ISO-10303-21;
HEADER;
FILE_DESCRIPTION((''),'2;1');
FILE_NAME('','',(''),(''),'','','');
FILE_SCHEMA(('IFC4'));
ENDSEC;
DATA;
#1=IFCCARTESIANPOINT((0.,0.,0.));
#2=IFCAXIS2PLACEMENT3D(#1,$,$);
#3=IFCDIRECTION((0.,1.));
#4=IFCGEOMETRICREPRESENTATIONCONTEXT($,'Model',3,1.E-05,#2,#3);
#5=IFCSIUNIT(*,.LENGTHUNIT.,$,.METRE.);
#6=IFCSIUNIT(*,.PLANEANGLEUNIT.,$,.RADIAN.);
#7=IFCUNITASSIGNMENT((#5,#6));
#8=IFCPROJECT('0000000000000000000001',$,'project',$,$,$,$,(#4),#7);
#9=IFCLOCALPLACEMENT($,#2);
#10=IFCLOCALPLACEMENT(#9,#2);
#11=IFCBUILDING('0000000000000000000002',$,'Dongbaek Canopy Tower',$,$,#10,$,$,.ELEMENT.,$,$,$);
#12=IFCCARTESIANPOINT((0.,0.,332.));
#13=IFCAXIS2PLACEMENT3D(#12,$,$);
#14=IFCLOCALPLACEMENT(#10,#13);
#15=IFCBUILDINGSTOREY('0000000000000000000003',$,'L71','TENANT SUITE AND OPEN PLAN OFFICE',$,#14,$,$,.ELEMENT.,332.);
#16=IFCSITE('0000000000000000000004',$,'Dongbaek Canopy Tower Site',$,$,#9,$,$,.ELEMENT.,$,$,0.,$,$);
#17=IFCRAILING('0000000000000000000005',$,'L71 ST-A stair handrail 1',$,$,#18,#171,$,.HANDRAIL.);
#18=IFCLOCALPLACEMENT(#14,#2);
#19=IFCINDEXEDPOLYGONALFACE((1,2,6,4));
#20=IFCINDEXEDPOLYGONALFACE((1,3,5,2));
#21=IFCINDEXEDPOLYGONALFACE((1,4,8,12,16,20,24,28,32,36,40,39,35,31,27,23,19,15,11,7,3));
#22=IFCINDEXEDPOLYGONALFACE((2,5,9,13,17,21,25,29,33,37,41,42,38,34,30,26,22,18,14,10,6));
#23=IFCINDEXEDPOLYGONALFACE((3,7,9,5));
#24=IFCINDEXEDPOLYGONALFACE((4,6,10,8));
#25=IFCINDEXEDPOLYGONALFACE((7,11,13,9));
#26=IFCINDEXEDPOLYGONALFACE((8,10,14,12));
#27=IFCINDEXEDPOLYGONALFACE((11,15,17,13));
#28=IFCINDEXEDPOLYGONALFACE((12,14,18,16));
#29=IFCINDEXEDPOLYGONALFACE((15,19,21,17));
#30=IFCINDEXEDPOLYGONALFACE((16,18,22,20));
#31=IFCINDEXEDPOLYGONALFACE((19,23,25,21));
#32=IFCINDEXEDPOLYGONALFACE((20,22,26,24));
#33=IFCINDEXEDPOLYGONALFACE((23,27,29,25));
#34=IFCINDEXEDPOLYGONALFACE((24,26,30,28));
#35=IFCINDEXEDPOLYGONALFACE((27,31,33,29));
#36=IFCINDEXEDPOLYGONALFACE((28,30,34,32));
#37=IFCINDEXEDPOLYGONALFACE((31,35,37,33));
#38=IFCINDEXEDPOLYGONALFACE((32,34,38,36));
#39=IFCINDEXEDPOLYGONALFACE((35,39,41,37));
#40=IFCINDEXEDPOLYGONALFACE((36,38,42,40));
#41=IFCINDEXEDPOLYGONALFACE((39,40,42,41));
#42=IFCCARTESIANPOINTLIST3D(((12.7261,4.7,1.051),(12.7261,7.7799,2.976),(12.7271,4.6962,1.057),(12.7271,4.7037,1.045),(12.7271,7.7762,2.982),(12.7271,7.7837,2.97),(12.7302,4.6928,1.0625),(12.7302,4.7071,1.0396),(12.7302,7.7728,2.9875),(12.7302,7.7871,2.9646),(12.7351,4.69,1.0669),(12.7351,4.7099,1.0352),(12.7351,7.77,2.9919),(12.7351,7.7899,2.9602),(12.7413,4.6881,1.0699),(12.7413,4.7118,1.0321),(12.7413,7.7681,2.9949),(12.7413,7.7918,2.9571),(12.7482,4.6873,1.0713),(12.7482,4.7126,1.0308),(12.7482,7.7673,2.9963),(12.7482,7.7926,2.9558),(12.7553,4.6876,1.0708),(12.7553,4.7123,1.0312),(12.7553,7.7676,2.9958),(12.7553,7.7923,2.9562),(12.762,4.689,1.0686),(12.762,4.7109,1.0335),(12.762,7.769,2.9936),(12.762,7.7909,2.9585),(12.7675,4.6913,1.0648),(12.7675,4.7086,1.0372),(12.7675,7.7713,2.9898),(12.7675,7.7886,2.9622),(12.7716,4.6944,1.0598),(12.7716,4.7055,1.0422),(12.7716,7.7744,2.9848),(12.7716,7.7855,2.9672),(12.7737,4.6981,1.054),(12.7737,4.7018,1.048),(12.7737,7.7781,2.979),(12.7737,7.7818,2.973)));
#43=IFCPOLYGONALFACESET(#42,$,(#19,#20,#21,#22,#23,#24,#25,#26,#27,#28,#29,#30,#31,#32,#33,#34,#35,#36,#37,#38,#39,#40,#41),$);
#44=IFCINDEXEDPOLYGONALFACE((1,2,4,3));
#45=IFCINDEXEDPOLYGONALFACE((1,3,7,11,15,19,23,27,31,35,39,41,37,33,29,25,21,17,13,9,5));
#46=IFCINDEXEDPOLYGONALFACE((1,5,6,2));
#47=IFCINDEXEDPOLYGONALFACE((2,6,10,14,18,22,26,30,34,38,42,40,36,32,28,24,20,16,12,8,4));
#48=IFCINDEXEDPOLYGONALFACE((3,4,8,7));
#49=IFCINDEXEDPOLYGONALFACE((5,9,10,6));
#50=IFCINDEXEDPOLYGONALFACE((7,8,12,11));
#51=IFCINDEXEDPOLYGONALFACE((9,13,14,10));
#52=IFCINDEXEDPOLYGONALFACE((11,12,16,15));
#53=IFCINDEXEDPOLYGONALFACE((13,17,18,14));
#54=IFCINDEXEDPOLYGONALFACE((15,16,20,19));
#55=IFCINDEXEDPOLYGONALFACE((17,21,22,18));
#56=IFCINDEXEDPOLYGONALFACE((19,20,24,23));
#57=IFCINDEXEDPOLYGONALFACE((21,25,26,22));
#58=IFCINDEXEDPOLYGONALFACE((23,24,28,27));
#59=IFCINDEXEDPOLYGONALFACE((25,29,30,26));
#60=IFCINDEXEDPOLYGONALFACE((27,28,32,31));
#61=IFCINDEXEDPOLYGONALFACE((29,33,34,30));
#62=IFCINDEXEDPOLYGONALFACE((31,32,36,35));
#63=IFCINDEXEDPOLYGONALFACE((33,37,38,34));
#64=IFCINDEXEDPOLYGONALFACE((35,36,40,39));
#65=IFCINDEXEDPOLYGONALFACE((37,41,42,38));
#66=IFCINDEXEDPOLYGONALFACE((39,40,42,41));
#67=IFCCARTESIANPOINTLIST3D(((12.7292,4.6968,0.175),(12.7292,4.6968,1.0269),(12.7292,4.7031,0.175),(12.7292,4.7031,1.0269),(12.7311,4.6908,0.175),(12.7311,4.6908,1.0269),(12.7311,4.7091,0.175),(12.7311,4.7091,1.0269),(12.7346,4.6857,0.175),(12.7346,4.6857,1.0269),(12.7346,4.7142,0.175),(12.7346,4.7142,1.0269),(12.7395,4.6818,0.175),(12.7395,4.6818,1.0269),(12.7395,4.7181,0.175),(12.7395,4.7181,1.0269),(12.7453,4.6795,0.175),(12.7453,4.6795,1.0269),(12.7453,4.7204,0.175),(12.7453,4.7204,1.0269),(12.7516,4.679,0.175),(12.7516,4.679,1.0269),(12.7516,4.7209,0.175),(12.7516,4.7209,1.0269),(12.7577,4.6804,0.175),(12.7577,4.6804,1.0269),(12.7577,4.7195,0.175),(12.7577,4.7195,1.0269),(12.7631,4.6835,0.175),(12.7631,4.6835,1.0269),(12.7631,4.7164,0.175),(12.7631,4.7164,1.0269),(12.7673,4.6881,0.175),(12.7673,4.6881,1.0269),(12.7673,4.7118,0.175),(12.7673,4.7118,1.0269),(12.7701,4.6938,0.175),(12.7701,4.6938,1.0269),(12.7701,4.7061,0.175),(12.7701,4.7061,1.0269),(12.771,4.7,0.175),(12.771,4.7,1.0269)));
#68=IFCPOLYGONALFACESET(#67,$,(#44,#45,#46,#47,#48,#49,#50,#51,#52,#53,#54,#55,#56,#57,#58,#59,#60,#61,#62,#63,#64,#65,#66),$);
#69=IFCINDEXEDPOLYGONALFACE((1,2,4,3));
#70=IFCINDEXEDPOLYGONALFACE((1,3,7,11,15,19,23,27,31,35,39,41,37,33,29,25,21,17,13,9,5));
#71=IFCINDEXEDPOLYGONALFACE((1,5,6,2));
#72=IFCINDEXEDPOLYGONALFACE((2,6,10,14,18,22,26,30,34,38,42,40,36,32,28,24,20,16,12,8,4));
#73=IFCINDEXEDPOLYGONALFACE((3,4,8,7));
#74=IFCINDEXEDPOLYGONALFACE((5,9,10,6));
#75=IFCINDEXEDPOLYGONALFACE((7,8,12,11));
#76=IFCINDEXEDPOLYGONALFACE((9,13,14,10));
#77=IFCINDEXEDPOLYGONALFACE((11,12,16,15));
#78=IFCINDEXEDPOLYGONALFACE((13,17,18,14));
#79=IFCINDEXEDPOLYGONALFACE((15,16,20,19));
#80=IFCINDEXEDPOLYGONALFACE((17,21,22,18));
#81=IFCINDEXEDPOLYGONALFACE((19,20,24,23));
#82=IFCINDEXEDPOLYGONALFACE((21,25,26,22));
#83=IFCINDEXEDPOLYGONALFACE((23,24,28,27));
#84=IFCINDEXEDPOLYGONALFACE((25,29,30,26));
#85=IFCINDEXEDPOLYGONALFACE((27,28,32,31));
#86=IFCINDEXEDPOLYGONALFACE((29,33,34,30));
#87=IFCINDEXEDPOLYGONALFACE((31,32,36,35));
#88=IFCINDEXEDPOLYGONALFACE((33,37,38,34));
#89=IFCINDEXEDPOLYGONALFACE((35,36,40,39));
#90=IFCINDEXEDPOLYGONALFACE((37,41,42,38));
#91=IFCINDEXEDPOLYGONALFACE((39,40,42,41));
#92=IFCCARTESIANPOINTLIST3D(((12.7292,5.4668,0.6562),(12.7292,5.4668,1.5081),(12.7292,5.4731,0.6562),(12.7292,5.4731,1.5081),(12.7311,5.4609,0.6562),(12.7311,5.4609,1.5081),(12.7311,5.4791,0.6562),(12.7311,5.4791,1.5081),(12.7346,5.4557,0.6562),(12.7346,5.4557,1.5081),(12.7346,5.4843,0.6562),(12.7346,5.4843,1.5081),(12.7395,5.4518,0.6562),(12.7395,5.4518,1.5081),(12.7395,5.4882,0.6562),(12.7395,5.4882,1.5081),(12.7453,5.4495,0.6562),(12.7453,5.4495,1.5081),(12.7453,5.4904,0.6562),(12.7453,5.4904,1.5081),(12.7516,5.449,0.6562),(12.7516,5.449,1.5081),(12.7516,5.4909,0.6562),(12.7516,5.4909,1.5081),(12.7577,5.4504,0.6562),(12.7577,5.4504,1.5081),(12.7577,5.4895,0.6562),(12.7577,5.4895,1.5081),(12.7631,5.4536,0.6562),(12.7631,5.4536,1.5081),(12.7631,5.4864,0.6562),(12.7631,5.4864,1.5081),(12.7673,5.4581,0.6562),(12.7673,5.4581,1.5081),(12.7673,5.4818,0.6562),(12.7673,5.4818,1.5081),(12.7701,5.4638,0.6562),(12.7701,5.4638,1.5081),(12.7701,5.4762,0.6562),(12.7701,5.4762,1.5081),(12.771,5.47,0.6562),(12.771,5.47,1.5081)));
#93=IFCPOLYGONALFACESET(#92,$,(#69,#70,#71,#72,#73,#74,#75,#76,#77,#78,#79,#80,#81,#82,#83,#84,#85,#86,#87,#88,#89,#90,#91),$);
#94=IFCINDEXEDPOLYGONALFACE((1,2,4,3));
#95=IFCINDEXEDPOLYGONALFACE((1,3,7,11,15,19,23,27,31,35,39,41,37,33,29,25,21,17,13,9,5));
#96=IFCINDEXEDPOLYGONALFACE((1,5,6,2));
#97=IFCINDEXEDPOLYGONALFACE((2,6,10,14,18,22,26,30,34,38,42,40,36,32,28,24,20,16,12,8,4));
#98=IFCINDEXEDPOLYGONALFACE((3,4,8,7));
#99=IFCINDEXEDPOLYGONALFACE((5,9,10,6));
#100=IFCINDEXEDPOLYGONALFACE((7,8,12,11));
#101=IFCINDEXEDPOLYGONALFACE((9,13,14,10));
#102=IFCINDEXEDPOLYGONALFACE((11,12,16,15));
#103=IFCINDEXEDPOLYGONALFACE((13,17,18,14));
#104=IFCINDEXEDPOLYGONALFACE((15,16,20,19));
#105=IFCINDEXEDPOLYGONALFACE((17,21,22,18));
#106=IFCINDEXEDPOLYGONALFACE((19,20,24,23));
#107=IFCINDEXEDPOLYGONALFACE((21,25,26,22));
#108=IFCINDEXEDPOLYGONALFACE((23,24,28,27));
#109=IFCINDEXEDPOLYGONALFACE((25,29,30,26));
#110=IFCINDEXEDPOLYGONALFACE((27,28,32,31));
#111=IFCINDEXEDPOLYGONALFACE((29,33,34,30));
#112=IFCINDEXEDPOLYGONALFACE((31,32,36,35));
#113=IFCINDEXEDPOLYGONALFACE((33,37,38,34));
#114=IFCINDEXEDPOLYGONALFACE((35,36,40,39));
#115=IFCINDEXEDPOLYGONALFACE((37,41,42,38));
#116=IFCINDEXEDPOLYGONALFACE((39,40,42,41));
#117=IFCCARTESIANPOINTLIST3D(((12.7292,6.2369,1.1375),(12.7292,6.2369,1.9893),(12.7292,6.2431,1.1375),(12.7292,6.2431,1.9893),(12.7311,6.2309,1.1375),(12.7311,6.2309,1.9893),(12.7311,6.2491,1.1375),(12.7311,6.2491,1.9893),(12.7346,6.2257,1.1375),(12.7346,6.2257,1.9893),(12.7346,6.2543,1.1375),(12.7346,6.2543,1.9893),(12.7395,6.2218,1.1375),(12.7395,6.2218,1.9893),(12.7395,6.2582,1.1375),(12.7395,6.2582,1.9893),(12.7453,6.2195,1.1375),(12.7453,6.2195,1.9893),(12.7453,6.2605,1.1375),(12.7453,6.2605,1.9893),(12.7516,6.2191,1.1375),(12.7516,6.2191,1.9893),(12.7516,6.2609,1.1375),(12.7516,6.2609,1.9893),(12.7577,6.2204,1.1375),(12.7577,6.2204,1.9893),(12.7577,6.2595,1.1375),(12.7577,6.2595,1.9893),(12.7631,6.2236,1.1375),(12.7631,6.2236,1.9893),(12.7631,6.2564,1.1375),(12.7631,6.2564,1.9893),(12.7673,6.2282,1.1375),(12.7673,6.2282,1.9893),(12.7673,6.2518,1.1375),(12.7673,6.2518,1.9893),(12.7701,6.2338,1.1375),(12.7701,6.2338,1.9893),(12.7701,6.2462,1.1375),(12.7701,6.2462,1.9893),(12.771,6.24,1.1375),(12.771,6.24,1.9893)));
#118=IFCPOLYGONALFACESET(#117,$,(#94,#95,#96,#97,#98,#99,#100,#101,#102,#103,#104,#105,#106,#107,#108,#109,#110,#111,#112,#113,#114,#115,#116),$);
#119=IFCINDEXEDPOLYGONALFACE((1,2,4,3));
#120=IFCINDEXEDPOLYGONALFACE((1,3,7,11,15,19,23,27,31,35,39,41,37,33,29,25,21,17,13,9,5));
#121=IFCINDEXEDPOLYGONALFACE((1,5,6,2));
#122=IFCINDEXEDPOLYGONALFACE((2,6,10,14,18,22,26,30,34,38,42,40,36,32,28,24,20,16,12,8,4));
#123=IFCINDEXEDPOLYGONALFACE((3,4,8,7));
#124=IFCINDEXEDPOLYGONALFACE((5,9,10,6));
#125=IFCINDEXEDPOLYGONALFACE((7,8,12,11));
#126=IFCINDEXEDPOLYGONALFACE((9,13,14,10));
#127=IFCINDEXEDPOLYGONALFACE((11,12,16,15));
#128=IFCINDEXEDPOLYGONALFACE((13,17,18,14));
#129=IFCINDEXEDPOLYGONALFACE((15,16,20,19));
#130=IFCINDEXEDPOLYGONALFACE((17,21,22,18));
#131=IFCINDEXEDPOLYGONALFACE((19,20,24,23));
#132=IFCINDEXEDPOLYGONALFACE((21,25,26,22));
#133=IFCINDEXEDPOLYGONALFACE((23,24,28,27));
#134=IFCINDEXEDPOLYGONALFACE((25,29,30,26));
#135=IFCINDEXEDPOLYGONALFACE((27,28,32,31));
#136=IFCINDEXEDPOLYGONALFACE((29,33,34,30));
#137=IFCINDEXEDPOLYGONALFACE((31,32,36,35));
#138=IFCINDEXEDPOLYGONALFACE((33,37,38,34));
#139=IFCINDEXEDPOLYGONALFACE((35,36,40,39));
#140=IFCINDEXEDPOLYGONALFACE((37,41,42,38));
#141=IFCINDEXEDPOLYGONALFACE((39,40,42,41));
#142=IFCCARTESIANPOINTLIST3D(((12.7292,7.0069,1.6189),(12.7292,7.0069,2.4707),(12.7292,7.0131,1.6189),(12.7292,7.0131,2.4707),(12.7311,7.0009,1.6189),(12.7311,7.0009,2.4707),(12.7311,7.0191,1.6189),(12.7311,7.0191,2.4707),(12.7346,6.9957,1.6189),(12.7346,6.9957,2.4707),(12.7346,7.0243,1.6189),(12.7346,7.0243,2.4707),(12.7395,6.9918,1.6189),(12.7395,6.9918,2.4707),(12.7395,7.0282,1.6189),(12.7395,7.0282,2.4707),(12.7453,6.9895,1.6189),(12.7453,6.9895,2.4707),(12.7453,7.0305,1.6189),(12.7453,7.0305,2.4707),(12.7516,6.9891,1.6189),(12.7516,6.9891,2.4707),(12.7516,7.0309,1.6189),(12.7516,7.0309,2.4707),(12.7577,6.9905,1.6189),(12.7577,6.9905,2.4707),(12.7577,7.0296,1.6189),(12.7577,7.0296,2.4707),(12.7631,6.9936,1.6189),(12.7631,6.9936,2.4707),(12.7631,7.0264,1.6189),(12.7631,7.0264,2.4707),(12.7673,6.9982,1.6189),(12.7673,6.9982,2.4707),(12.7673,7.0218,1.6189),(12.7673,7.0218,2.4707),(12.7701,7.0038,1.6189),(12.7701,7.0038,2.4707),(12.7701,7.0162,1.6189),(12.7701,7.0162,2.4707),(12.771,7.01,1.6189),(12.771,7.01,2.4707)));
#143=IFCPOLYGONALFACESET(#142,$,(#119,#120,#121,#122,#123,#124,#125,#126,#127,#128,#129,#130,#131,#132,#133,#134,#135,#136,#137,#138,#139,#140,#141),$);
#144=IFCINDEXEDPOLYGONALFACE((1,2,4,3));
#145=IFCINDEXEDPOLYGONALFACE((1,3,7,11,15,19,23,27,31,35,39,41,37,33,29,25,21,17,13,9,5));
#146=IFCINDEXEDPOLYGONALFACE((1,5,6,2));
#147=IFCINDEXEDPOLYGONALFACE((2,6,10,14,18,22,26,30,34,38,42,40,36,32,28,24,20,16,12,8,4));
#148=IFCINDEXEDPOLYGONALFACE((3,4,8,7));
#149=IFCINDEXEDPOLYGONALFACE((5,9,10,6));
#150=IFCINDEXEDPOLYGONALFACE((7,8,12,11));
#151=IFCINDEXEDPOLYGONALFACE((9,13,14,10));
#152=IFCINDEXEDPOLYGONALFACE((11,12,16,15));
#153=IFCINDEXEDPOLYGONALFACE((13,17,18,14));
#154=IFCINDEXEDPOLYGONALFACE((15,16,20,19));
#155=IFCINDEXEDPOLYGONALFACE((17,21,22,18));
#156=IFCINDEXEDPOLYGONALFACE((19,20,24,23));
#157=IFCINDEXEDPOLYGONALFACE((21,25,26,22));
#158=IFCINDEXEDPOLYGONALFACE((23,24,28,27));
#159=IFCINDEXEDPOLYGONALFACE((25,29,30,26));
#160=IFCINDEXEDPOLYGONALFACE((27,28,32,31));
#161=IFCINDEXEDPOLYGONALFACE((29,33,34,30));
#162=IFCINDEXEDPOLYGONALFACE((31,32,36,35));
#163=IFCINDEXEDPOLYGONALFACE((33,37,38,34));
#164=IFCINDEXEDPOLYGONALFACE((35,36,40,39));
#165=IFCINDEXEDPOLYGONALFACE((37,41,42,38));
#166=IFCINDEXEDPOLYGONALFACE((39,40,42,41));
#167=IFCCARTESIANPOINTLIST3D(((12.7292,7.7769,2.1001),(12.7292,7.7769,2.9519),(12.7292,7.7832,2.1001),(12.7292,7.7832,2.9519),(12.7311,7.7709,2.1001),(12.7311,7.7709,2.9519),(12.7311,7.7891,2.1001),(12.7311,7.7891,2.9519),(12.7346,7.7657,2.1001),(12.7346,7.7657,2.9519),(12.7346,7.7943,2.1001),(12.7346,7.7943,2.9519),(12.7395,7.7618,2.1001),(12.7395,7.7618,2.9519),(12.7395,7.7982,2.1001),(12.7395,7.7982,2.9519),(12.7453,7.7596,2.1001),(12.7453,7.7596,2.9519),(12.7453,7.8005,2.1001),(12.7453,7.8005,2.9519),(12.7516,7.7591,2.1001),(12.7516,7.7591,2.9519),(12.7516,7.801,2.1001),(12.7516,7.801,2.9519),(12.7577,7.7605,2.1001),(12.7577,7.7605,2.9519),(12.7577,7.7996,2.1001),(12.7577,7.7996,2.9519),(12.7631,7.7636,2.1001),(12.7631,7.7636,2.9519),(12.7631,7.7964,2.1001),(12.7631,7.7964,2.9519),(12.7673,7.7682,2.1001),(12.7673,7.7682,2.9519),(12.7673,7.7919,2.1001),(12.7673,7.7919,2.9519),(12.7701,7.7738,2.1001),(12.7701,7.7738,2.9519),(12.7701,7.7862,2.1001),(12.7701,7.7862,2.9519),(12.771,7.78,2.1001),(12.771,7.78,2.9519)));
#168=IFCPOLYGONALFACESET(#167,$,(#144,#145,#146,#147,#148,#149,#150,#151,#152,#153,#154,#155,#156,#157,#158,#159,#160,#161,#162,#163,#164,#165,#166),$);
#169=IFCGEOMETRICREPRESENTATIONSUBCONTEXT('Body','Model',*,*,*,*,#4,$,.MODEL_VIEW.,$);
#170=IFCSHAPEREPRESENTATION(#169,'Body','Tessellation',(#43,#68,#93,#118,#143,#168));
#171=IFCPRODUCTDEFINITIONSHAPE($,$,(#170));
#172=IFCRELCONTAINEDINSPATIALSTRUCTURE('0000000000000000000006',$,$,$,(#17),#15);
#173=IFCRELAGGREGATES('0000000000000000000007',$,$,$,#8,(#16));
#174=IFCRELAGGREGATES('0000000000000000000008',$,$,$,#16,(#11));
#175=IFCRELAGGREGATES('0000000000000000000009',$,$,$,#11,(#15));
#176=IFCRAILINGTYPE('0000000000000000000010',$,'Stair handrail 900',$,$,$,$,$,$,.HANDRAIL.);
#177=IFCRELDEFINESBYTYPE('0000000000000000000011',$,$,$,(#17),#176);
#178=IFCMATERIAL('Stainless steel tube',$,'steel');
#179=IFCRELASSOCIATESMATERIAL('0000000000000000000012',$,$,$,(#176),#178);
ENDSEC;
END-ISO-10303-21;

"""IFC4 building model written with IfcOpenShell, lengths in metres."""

from ifc_helpers import new_model, si_unit, direction, frame, origin, origin_2d, place, context, subcontext, project, spatial, circle, extrude, material, type_object, element, save


model = new_model("IFC4")

# Units and contexts
model_context = context("Model", 3, precision=1e-05, world=origin(), true_north=direction((0.0, 1.0)))
body_context = subcontext(model_context, "Body", "Model", "MODEL_VIEW")
ifc_project = project(units=[si_unit("LENGTHUNIT", "METRE"), si_unit("PLANEANGLEUNIT", "RADIAN")], contexts=[model_context])

# Site, building, storey
site_placement = place(None, origin())
site = spatial("IfcSite", under=ifc_project, at=site_placement, Name="Dongbaek Canopy Tower Site", CompositionType="ELEMENT", RefElevation=0.0)
building_placement = place(site_placement, origin())
building = spatial("IfcBuilding", under=site, at=building_placement, Name="Dongbaek Canopy Tower", CompositionType="ELEMENT")
storey_placement = place(building_placement, frame((0.0, 0.0, 332.0)))
storey = spatial("IfcBuildingStorey", under=building, at=storey_placement, Name="L71", Description="TENANT SUITE AND OPEN PLAN OFFICE", CompositionType="ELEMENT", Elevation=332.0)

# Railing
ifc_material_1 = material(Name="Stainless steel tube", Category="steel")
railing_type_1 = type_object("IfcRailingType", Name="Stair handrail 900", PredefinedType="HANDRAIL", material=ifc_material_1)
railing_1_placement = place(storey_placement, frame((12.75, 4.7, 0.175)))
element("IfcRailing", 1, at=railing_1_placement, inside=storey, type_object=railing_type_1, Name="L71 ST-A stair handrail 1", PredefinedType="HANDRAIL", context=body_context, shape_type="SweptSolid", body=[
    extrude(circle(Radius=0.0239, at=origin_2d()), frame((0.0, 0.0, 0.876), z_axis=(0.0, 0.847998, 0.529999), x_axis=(-1.0, 0.0, 0.0)), (0.0, 0.0, 1.0), 3.6321),
    extrude(circle(Radius=0.021, at=origin_2d()), origin(), (0.0, 0.0, 1.0), 0.8518),
    extrude(circle(Radius=0.021, at=origin_2d()), frame((0.0, 0.77, 0.4812)), (0.0, 0.0, 1.0), 0.8518),
    extrude(circle(Radius=0.021, at=origin_2d()), frame((0.0, 1.54, 0.9624)), (0.0, 0.0, 1.0), 0.8518),
    extrude(circle(Radius=0.021, at=origin_2d()), frame((0.0, 2.3101, 1.4438)), (0.0, 0.0, 1.0), 0.8518),
    extrude(circle(Radius=0.021, at=origin_2d()), frame((0.0, 3.0801, 1.925)), (0.0, 0.0, 1.0), 0.8518),
])

save(model, "model.ifc")
